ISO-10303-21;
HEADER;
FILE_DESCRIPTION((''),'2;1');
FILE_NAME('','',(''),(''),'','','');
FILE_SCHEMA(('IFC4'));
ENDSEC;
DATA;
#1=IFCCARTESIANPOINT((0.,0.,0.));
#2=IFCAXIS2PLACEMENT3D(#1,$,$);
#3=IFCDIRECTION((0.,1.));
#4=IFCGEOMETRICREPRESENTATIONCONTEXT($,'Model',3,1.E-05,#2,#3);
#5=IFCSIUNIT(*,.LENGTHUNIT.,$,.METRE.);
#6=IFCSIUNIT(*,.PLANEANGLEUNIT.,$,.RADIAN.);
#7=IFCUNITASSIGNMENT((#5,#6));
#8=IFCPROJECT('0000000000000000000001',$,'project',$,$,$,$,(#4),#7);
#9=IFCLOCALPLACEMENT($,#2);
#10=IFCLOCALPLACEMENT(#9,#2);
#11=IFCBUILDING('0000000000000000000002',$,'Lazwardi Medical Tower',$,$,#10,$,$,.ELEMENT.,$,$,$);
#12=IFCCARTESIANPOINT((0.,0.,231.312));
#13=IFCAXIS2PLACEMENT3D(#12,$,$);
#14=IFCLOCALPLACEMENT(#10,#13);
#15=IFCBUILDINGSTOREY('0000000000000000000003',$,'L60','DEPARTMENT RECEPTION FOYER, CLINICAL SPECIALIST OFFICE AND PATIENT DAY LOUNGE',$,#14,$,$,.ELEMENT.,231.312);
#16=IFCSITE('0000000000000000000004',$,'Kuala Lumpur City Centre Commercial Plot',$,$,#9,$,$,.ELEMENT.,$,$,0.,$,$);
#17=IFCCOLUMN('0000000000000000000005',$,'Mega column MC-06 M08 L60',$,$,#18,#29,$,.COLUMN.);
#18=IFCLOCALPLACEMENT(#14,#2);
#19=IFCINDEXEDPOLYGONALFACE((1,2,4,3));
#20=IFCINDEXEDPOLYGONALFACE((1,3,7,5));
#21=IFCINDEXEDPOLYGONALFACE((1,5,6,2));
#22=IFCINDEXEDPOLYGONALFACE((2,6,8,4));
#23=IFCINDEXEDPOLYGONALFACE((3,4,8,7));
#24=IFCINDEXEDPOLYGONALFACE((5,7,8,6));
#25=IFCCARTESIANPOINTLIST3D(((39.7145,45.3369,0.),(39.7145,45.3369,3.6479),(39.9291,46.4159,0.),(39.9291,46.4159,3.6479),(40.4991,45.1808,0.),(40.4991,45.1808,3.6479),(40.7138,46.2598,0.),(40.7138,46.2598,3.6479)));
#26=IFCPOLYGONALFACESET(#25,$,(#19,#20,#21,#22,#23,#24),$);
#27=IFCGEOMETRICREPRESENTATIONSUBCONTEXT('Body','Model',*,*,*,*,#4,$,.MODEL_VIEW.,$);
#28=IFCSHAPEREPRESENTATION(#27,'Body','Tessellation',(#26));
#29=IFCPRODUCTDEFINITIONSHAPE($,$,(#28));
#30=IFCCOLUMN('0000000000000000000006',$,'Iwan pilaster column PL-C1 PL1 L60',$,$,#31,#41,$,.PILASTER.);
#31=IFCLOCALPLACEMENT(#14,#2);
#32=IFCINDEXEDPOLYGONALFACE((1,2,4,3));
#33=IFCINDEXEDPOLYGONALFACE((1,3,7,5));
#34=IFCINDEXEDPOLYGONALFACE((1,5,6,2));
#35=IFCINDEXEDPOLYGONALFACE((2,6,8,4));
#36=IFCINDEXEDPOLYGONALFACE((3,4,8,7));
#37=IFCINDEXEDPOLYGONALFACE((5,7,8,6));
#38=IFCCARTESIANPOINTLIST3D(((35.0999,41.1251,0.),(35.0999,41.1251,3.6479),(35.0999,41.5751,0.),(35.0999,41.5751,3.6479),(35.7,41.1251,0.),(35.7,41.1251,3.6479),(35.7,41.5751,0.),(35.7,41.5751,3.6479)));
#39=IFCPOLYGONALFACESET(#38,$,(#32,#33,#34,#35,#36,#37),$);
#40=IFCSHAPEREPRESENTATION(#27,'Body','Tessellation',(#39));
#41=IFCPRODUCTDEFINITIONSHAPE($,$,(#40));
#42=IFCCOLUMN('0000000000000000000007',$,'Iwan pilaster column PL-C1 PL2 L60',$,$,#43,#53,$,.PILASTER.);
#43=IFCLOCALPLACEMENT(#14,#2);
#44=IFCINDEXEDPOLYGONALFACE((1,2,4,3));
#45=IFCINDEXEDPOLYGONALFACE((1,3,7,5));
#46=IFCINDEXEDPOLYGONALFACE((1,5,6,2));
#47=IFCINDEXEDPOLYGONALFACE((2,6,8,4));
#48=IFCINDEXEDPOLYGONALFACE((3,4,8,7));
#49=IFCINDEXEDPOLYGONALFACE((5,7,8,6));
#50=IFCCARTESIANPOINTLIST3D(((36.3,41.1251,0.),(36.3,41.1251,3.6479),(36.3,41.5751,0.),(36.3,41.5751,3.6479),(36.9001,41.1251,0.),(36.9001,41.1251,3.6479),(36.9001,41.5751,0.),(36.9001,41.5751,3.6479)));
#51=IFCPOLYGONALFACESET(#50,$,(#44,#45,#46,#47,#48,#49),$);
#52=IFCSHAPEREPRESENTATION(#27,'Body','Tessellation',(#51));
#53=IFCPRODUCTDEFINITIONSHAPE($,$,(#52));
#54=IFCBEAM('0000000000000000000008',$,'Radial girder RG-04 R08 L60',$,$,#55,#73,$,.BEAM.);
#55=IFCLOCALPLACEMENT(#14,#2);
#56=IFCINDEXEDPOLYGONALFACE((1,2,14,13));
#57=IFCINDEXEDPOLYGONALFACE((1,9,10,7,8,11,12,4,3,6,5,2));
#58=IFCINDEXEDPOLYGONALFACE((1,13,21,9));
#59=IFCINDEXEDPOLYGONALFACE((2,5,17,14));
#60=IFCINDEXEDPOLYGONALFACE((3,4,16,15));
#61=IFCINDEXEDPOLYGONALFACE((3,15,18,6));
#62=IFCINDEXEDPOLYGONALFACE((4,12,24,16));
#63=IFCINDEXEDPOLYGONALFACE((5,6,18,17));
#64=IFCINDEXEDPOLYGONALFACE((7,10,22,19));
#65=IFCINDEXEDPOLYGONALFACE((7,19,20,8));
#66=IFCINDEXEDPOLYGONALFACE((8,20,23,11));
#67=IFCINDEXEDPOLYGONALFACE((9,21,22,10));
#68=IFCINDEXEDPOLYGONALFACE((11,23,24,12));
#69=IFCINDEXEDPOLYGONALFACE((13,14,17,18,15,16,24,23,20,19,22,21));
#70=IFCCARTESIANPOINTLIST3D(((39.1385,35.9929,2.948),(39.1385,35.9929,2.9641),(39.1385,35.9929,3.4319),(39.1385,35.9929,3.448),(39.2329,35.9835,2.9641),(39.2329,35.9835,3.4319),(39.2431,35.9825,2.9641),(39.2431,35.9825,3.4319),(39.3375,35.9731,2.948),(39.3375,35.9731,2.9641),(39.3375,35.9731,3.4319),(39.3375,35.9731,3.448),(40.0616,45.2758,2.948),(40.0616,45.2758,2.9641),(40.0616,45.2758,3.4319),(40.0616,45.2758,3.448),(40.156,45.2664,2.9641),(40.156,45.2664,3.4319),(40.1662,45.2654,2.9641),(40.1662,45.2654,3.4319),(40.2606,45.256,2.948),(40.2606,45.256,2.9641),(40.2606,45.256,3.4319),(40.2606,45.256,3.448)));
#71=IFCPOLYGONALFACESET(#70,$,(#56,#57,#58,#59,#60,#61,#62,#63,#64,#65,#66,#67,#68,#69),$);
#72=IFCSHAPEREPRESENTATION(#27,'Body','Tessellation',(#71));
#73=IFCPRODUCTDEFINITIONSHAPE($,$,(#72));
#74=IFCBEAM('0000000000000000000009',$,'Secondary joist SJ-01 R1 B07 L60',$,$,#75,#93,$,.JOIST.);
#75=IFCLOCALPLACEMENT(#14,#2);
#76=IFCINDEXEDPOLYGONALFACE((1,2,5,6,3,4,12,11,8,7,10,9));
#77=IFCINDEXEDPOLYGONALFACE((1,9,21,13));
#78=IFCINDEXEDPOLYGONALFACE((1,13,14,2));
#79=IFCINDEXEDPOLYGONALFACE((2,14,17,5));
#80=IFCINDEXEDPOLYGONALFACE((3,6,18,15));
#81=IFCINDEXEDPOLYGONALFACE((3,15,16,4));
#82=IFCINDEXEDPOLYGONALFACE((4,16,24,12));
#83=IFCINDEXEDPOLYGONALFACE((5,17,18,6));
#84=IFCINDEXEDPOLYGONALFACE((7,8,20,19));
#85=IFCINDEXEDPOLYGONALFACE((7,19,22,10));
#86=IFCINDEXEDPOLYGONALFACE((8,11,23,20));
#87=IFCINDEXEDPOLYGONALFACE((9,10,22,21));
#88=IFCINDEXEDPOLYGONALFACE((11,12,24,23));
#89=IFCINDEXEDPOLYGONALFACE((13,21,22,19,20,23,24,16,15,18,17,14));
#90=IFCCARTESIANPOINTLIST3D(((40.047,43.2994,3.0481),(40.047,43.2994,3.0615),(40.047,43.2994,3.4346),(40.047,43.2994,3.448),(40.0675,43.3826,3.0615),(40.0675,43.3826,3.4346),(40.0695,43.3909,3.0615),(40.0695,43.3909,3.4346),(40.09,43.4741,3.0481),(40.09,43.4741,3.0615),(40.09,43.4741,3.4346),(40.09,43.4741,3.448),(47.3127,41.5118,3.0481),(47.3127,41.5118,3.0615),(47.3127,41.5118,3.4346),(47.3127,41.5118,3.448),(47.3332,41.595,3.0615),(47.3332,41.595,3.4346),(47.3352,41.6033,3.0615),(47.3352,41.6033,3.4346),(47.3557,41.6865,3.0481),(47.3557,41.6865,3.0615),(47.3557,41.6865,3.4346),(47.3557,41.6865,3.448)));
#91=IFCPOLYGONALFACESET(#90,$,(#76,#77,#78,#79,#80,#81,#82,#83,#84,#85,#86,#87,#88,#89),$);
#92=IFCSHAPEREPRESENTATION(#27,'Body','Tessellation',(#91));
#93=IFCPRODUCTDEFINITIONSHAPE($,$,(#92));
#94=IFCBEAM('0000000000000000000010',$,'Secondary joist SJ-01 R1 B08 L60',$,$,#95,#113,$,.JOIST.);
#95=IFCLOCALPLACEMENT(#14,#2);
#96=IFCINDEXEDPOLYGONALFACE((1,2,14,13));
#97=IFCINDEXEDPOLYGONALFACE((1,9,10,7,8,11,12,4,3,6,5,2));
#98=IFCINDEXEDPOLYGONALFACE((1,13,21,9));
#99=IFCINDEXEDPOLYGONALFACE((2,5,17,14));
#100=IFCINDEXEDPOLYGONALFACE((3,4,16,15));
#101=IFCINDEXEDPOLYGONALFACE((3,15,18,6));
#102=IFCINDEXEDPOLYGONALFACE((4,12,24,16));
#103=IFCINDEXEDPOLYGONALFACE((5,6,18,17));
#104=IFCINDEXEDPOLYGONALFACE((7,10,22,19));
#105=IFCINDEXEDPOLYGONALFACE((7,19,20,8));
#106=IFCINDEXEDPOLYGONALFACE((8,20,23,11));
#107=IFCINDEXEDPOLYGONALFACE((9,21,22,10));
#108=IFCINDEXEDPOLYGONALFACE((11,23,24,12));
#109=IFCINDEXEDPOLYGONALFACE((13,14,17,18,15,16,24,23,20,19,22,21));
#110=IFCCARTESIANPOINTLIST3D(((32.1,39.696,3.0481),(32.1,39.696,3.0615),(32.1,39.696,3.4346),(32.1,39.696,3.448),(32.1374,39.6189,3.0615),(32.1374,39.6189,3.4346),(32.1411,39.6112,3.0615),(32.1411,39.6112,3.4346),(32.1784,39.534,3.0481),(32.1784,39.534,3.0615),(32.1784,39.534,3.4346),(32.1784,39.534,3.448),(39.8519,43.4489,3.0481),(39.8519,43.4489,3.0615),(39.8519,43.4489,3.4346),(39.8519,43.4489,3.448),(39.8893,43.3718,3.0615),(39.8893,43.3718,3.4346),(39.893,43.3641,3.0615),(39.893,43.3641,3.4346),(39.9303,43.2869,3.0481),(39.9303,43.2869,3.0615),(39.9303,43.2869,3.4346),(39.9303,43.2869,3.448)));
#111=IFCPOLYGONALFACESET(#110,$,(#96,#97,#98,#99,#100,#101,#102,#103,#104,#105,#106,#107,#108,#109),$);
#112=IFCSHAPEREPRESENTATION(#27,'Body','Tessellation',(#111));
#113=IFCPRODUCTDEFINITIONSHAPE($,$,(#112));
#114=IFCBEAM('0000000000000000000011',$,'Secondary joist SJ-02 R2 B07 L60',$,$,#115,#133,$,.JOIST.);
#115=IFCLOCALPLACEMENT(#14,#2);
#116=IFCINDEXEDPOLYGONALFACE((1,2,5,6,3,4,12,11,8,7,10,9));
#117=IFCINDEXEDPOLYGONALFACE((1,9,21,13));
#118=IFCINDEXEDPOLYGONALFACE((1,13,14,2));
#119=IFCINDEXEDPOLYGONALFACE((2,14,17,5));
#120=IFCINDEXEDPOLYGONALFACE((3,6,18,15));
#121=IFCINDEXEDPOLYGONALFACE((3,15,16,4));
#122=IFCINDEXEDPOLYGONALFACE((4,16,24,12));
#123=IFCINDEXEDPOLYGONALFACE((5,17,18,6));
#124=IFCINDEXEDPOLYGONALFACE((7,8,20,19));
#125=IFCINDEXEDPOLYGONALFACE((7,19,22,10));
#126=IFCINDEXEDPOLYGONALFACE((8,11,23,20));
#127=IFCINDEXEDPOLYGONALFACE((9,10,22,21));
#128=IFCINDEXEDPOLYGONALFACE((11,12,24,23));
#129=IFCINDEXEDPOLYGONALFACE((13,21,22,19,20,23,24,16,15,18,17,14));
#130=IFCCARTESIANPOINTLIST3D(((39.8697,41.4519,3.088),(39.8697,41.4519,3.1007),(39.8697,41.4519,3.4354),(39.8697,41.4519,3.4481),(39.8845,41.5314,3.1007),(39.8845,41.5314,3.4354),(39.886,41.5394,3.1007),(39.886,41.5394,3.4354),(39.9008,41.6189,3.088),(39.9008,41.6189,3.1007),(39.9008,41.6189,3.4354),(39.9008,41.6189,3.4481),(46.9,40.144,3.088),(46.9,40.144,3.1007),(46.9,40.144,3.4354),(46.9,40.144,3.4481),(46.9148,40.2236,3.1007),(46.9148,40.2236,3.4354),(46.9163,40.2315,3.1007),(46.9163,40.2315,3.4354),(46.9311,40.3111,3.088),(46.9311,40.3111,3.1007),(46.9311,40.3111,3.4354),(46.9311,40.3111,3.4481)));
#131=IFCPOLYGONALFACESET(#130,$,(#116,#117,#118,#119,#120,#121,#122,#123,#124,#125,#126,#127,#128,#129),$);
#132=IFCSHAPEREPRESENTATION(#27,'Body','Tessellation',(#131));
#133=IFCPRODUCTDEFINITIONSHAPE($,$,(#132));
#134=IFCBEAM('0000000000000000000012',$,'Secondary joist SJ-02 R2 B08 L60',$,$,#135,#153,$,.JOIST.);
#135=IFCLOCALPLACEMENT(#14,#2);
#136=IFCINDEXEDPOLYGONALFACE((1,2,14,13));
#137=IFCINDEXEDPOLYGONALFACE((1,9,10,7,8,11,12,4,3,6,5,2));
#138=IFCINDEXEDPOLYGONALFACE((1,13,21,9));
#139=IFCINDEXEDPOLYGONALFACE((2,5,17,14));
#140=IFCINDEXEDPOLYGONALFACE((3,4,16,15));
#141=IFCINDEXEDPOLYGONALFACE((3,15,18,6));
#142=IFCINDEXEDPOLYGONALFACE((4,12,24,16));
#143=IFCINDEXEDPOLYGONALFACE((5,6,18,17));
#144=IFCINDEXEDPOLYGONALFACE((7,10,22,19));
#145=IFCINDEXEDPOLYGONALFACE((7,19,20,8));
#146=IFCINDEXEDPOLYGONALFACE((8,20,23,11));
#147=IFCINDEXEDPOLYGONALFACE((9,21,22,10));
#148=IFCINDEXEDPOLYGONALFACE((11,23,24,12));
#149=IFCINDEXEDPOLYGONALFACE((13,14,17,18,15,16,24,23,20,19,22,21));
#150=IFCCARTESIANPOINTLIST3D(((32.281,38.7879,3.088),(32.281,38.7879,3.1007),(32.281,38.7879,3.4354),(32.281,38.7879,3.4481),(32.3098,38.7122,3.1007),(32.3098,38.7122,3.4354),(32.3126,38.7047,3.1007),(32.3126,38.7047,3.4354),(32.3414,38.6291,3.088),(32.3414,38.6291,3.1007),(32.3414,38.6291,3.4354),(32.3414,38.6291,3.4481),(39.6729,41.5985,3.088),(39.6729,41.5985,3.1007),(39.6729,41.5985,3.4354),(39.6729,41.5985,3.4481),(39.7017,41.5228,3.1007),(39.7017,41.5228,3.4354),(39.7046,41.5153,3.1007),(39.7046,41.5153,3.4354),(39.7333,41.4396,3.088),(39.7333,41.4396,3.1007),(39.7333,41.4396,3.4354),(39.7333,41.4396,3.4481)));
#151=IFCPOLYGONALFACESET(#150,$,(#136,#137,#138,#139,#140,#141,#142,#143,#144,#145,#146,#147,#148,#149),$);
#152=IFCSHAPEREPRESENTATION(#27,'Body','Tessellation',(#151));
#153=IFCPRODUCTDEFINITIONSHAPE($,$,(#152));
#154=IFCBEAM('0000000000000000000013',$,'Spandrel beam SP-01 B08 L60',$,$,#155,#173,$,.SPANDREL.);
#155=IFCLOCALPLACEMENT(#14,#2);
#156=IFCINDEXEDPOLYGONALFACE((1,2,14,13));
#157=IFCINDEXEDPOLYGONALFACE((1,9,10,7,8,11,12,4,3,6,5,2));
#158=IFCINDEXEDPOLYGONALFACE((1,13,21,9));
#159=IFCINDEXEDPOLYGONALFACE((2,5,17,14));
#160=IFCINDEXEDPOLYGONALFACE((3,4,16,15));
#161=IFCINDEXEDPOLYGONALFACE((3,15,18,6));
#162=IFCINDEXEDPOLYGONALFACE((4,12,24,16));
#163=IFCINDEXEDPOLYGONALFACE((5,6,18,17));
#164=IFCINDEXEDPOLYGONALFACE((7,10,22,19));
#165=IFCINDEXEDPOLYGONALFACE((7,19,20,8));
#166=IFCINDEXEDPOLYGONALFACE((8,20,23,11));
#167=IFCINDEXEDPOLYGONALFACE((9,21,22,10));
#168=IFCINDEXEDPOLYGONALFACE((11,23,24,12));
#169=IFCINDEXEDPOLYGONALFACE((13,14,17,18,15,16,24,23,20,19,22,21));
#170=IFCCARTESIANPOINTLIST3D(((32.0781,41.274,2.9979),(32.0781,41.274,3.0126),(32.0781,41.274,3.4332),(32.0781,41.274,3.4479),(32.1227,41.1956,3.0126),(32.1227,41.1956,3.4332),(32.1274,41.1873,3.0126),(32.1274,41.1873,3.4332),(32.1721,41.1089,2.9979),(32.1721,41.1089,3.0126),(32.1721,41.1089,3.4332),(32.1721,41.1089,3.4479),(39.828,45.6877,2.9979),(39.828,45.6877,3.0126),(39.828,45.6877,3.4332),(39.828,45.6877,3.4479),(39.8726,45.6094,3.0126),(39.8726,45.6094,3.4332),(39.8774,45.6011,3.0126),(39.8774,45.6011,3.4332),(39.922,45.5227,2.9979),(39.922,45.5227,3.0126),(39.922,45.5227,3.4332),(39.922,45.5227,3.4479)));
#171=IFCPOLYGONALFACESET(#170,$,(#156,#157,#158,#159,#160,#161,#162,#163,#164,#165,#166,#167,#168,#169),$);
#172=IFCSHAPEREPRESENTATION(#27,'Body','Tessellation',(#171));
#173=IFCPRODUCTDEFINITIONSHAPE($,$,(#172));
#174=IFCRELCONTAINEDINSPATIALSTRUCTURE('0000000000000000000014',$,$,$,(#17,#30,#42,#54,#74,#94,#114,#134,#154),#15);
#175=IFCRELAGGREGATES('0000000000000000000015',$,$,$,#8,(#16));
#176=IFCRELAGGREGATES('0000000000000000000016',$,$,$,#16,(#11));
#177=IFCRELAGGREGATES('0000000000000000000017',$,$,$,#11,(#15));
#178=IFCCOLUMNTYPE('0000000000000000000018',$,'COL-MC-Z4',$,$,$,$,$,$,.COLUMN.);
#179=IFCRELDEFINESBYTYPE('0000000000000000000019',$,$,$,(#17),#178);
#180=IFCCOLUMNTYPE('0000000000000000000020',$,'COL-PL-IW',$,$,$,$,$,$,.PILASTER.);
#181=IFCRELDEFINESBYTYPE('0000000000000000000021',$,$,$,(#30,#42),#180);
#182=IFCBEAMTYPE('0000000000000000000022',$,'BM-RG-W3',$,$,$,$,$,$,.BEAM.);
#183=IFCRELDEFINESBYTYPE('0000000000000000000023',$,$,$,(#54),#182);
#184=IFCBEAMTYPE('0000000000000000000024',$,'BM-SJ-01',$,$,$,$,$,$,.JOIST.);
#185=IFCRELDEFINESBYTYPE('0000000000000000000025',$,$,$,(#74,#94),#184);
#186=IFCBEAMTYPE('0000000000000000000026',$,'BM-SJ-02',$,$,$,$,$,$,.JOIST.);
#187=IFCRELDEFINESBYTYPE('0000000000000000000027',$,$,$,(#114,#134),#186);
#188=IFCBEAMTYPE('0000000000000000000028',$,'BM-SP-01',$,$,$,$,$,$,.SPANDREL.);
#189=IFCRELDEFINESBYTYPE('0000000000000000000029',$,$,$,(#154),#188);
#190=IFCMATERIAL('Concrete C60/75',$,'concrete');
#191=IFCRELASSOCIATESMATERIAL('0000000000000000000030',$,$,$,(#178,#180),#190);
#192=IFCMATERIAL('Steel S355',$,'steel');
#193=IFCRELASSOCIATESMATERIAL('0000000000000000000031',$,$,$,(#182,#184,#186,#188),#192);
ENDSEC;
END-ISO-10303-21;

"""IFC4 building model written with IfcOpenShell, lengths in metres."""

from ifc_helpers import new_model, si_unit, direction, frame, origin, origin_2d, place, context, subcontext, project, spatial, rectangle, i_section, extrude, material, material_profile, profile_set, type_object, element, save


model = new_model("IFC4")

# Units and contexts
model_context = context("Model", 3, precision=1e-05, world=origin(), true_north=direction((0.0, 1.0)))
body_context = subcontext(model_context, "Body", "Model", "MODEL_VIEW")
ifc_project = project(units=[si_unit("LENGTHUNIT", "METRE"), si_unit("PLANEANGLEUNIT", "RADIAN")], contexts=[model_context])

# Site, building, storey
site_placement = place(None, origin())
site = spatial("IfcSite", under=ifc_project, at=site_placement, Name="Kuala Lumpur City Centre Commercial Plot", CompositionType="ELEMENT", RefElevation=0.0)
building_placement = place(site_placement, origin())
building = spatial("IfcBuilding", under=site, at=building_placement, Name="Lazwardi Medical Tower", CompositionType="ELEMENT")
storey_placement = place(building_placement, frame((0.0, 0.0, 231.312)))
storey = spatial("IfcBuildingStorey", under=building, at=storey_placement, Name="L60", Description="DEPARTMENT RECEPTION FOYER, CLINICAL SPECIALIST OFFICE AND PATIENT DAY LOUNGE", CompositionType="ELEMENT", Elevation=231.312)

# Columns
ifc_material_1 = material(Name="Concrete C60/75", Category="concrete")
ifc_material_profile_1 = material_profile(ifc_material_1, rectangle(XDim=1.1001, YDim=0.8, at=origin_2d()), Name="CFT-RECT 1100x800")
ifc_profile_set_1 = profile_set([ifc_material_profile_1], Name="Concrete C60/75")
column_type_1 = type_object("IfcColumnType", Name="COL-MC-Z4", PredefinedType="COLUMN", material=ifc_profile_set_1)
column_placement = place(storey_placement, frame((40.2141, 45.7983, 0.0), z_axis=(0.0, 0.0, 1.0), x_axis=(0.19509, 0.980785, 0.0)))
element("IfcColumn", 1, at=column_placement, inside=storey, type_object=column_type_1, Name="Mega column MC-06 M08 L60", PredefinedType="COLUMN", context=body_context, shape_type="SweptSolid", body=[
    extrude(rectangle(XDim=1.1001, YDim=0.8, at=origin_2d()), origin(), (0.0, 0.0, 1.0), 3.6479),
])
ifc_material_profile_2 = material_profile(ifc_material_1, rectangle(XDim=0.6001, YDim=0.45, at=origin_2d()), Name="RC 600x450")
ifc_profile_set_2 = profile_set([ifc_material_profile_2], Name="Concrete C60/75")
column_type_2 = type_object("IfcColumnType", Name="COL-PL-IW", PredefinedType="PILASTER", material=ifc_profile_set_2)
for number, where, z_axis, x_axis, name in (
    (2, (35.3999, 41.3501, 0.0), (0.0, 0.0, 1.0), (1.0, 0.0, 0.0), "Iwan pilaster column PL-C1 PL1 L60"),
    (3, (36.6001, 41.3501, 0.0), (0.0, 0.0, 1.0), (1.0, 0.0, 0.0), "Iwan pilaster column PL-C1 PL2 L60"),
):
    element("IfcColumn", number, at=place(storey_placement, frame(where, z_axis=z_axis, x_axis=x_axis)), inside=storey, type_object=column_type_2, Name=name, PredefinedType="PILASTER", context=body_context, shape_type="SweptSolid", body=[
        extrude(rectangle(XDim=0.6001, YDim=0.45, at=origin_2d()), origin(), (0.0, 0.0, 1.0), 3.6479),
    ])

# Beams
ifc_material_2 = material(Name="Steel S355", Category="steel")
ifc_material_profile_3 = material_profile(ifc_material_2, i_section(OverallWidth=0.2, OverallDepth=0.5, WebThickness=0.0103, FlangeThickness=0.0161, at=origin_2d()), Name="IPE 500")
ifc_profile_set_3 = profile_set([ifc_material_profile_3], Name="Steel S355")
beam_type_1 = type_object("IfcBeamType", Name="BM-RG-W3", PredefinedType="BEAM", material=ifc_profile_set_3)
beam_1_placement = place(storey_placement, frame((40.1611, 45.2659, 3.198), z_axis=(-0.098954, -0.995092, 0.0), x_axis=(0.995092, -0.098954, 0.0)))
element("IfcBeam", 4, at=beam_1_placement, inside=storey, type_object=beam_type_1, Name="Radial girder RG-04 R08 L60", PredefinedType="BEAM", context=body_context, shape_type="SweptSolid", body=[
    extrude(i_section(OverallWidth=0.2, OverallDepth=0.5, WebThickness=0.0103, FlangeThickness=0.0161, at=origin_2d()), origin(), (0.0, 0.0, 1.0), 9.3286),
])
ifc_material_profile_4 = material_profile(ifc_material_2, i_section(OverallWidth=0.1799, OverallDepth=0.3999, WebThickness=0.0085, FlangeThickness=0.0134, at=origin_2d()), Name="IPE 400")
ifc_profile_set_4 = profile_set([ifc_material_profile_4], Name="Steel S355")
beam_type_2 = type_object("IfcBeamType", Name="BM-SJ-01", PredefinedType="JOIST", material=ifc_profile_set_4)
beam_2_placement = place(storey_placement, frame((47.3342, 41.5991, 3.248), z_axis=(-0.971042, 0.23891, 0.0), x_axis=(-0.23891, -0.971042, 0.0)))
element("IfcBeam", 5, at=beam_2_placement, inside=storey, type_object=beam_type_2, Name="Secondary joist SJ-01 R1 B07 L60", PredefinedType="JOIST", context=body_context, shape_type="SweptSolid", body=[
    extrude(i_section(OverallWidth=0.1799, OverallDepth=0.3999, WebThickness=0.0085, FlangeThickness=0.0134, at=origin_2d()), origin(), (0.0, 0.0, 1.0), 7.4824),
])
beam_3_placement = place(storey_placement, frame((39.8911, 43.3679, 3.248), z_axis=(-0.900069, -0.435748, 0.0), x_axis=(0.435748, -0.900069, 0.0)))
element("IfcBeam", 6, at=beam_3_placement, inside=storey, type_object=beam_type_2, Name="Secondary joist SJ-01 R1 B08 L60", PredefinedType="JOIST", context=body_context, shape_type="SweptSolid", body=[
    extrude(i_section(OverallWidth=0.1799, OverallDepth=0.3999, WebThickness=0.0085, FlangeThickness=0.0134, at=origin_2d()), origin(), (0.0, 0.0, 1.0), 8.6125),
])
ifc_material_profile_5 = material_profile(ifc_material_2, i_section(OverallWidth=0.1699, OverallDepth=0.3601, WebThickness=0.0081, FlangeThickness=0.0127, at=origin_2d()), Name="IPE 360")
ifc_profile_set_5 = profile_set([ifc_material_profile_5], Name="Steel S355")
beam_type_3 = type_object("IfcBeamType", Name="BM-SJ-02", PredefinedType="JOIST", material=ifc_profile_set_5)
beam_4_placement = place(storey_placement, frame((46.9155, 40.2275, 3.2681), z_axis=(-0.983132, 0.182895, 0.0), x_axis=(-0.182895, -0.983132, 0.0)))
element("IfcBeam", 7, at=beam_4_placement, inside=storey, type_object=beam_type_3, Name="Secondary joist SJ-02 R2 B07 L60", PredefinedType="JOIST", context=body_context, shape_type="SweptSolid", body=[
    extrude(i_section(OverallWidth=0.1699, OverallDepth=0.3601, WebThickness=0.0081, FlangeThickness=0.0127, at=origin_2d()), origin(), (0.0, 0.0, 1.0), 7.1509),
])
beam_5_placement = place(storey_placement, frame((39.7031, 41.519, 3.2681), z_axis=(-0.934714, -0.3554, 0.0), x_axis=(0.3554, -0.934714, 0.0)))
element("IfcBeam", 8, at=beam_5_placement, inside=storey, type_object=beam_type_3, Name="Secondary joist SJ-02 R2 B08 L60", PredefinedType="JOIST", context=body_context, shape_type="SweptSolid", body=[
    extrude(i_section(OverallWidth=0.1699, OverallDepth=0.3601, WebThickness=0.0081, FlangeThickness=0.0127, at=origin_2d()), origin(), (0.0, 0.0, 1.0), 7.9082),
])
ifc_material_profile_6 = material_profile(ifc_material_2, i_section(OverallWidth=0.1899, OverallDepth=0.45, WebThickness=0.0095, FlangeThickness=0.0146, at=origin_2d()), Name="IPE 450")
ifc_profile_set_6 = profile_set([ifc_material_profile_6], Name="Steel S355")
beam_type_4 = type_object("IfcBeamType", Name="BM-SP-01", PredefinedType="SPANDREL", material=ifc_profile_set_6)
beam_6_placement = place(storey_placement, frame((39.875, 45.6052, 3.2229), z_axis=(-0.868955, -0.494891, 0.0), x_axis=(0.494891, -0.868955, 0.0)))
element("IfcBeam", 9, at=beam_6_placement, inside=storey, type_object=beam_type_4, Name="Spandrel beam SP-01 B08 L60", PredefinedType="SPANDREL", context=body_context, shape_type="SweptSolid", body=[
    extrude(i_section(OverallWidth=0.1899, OverallDepth=0.45, WebThickness=0.0095, FlangeThickness=0.0146, at=origin_2d()), origin(), (0.0, 0.0, 1.0), 8.9187),
])

save(model, "model.ifc")
